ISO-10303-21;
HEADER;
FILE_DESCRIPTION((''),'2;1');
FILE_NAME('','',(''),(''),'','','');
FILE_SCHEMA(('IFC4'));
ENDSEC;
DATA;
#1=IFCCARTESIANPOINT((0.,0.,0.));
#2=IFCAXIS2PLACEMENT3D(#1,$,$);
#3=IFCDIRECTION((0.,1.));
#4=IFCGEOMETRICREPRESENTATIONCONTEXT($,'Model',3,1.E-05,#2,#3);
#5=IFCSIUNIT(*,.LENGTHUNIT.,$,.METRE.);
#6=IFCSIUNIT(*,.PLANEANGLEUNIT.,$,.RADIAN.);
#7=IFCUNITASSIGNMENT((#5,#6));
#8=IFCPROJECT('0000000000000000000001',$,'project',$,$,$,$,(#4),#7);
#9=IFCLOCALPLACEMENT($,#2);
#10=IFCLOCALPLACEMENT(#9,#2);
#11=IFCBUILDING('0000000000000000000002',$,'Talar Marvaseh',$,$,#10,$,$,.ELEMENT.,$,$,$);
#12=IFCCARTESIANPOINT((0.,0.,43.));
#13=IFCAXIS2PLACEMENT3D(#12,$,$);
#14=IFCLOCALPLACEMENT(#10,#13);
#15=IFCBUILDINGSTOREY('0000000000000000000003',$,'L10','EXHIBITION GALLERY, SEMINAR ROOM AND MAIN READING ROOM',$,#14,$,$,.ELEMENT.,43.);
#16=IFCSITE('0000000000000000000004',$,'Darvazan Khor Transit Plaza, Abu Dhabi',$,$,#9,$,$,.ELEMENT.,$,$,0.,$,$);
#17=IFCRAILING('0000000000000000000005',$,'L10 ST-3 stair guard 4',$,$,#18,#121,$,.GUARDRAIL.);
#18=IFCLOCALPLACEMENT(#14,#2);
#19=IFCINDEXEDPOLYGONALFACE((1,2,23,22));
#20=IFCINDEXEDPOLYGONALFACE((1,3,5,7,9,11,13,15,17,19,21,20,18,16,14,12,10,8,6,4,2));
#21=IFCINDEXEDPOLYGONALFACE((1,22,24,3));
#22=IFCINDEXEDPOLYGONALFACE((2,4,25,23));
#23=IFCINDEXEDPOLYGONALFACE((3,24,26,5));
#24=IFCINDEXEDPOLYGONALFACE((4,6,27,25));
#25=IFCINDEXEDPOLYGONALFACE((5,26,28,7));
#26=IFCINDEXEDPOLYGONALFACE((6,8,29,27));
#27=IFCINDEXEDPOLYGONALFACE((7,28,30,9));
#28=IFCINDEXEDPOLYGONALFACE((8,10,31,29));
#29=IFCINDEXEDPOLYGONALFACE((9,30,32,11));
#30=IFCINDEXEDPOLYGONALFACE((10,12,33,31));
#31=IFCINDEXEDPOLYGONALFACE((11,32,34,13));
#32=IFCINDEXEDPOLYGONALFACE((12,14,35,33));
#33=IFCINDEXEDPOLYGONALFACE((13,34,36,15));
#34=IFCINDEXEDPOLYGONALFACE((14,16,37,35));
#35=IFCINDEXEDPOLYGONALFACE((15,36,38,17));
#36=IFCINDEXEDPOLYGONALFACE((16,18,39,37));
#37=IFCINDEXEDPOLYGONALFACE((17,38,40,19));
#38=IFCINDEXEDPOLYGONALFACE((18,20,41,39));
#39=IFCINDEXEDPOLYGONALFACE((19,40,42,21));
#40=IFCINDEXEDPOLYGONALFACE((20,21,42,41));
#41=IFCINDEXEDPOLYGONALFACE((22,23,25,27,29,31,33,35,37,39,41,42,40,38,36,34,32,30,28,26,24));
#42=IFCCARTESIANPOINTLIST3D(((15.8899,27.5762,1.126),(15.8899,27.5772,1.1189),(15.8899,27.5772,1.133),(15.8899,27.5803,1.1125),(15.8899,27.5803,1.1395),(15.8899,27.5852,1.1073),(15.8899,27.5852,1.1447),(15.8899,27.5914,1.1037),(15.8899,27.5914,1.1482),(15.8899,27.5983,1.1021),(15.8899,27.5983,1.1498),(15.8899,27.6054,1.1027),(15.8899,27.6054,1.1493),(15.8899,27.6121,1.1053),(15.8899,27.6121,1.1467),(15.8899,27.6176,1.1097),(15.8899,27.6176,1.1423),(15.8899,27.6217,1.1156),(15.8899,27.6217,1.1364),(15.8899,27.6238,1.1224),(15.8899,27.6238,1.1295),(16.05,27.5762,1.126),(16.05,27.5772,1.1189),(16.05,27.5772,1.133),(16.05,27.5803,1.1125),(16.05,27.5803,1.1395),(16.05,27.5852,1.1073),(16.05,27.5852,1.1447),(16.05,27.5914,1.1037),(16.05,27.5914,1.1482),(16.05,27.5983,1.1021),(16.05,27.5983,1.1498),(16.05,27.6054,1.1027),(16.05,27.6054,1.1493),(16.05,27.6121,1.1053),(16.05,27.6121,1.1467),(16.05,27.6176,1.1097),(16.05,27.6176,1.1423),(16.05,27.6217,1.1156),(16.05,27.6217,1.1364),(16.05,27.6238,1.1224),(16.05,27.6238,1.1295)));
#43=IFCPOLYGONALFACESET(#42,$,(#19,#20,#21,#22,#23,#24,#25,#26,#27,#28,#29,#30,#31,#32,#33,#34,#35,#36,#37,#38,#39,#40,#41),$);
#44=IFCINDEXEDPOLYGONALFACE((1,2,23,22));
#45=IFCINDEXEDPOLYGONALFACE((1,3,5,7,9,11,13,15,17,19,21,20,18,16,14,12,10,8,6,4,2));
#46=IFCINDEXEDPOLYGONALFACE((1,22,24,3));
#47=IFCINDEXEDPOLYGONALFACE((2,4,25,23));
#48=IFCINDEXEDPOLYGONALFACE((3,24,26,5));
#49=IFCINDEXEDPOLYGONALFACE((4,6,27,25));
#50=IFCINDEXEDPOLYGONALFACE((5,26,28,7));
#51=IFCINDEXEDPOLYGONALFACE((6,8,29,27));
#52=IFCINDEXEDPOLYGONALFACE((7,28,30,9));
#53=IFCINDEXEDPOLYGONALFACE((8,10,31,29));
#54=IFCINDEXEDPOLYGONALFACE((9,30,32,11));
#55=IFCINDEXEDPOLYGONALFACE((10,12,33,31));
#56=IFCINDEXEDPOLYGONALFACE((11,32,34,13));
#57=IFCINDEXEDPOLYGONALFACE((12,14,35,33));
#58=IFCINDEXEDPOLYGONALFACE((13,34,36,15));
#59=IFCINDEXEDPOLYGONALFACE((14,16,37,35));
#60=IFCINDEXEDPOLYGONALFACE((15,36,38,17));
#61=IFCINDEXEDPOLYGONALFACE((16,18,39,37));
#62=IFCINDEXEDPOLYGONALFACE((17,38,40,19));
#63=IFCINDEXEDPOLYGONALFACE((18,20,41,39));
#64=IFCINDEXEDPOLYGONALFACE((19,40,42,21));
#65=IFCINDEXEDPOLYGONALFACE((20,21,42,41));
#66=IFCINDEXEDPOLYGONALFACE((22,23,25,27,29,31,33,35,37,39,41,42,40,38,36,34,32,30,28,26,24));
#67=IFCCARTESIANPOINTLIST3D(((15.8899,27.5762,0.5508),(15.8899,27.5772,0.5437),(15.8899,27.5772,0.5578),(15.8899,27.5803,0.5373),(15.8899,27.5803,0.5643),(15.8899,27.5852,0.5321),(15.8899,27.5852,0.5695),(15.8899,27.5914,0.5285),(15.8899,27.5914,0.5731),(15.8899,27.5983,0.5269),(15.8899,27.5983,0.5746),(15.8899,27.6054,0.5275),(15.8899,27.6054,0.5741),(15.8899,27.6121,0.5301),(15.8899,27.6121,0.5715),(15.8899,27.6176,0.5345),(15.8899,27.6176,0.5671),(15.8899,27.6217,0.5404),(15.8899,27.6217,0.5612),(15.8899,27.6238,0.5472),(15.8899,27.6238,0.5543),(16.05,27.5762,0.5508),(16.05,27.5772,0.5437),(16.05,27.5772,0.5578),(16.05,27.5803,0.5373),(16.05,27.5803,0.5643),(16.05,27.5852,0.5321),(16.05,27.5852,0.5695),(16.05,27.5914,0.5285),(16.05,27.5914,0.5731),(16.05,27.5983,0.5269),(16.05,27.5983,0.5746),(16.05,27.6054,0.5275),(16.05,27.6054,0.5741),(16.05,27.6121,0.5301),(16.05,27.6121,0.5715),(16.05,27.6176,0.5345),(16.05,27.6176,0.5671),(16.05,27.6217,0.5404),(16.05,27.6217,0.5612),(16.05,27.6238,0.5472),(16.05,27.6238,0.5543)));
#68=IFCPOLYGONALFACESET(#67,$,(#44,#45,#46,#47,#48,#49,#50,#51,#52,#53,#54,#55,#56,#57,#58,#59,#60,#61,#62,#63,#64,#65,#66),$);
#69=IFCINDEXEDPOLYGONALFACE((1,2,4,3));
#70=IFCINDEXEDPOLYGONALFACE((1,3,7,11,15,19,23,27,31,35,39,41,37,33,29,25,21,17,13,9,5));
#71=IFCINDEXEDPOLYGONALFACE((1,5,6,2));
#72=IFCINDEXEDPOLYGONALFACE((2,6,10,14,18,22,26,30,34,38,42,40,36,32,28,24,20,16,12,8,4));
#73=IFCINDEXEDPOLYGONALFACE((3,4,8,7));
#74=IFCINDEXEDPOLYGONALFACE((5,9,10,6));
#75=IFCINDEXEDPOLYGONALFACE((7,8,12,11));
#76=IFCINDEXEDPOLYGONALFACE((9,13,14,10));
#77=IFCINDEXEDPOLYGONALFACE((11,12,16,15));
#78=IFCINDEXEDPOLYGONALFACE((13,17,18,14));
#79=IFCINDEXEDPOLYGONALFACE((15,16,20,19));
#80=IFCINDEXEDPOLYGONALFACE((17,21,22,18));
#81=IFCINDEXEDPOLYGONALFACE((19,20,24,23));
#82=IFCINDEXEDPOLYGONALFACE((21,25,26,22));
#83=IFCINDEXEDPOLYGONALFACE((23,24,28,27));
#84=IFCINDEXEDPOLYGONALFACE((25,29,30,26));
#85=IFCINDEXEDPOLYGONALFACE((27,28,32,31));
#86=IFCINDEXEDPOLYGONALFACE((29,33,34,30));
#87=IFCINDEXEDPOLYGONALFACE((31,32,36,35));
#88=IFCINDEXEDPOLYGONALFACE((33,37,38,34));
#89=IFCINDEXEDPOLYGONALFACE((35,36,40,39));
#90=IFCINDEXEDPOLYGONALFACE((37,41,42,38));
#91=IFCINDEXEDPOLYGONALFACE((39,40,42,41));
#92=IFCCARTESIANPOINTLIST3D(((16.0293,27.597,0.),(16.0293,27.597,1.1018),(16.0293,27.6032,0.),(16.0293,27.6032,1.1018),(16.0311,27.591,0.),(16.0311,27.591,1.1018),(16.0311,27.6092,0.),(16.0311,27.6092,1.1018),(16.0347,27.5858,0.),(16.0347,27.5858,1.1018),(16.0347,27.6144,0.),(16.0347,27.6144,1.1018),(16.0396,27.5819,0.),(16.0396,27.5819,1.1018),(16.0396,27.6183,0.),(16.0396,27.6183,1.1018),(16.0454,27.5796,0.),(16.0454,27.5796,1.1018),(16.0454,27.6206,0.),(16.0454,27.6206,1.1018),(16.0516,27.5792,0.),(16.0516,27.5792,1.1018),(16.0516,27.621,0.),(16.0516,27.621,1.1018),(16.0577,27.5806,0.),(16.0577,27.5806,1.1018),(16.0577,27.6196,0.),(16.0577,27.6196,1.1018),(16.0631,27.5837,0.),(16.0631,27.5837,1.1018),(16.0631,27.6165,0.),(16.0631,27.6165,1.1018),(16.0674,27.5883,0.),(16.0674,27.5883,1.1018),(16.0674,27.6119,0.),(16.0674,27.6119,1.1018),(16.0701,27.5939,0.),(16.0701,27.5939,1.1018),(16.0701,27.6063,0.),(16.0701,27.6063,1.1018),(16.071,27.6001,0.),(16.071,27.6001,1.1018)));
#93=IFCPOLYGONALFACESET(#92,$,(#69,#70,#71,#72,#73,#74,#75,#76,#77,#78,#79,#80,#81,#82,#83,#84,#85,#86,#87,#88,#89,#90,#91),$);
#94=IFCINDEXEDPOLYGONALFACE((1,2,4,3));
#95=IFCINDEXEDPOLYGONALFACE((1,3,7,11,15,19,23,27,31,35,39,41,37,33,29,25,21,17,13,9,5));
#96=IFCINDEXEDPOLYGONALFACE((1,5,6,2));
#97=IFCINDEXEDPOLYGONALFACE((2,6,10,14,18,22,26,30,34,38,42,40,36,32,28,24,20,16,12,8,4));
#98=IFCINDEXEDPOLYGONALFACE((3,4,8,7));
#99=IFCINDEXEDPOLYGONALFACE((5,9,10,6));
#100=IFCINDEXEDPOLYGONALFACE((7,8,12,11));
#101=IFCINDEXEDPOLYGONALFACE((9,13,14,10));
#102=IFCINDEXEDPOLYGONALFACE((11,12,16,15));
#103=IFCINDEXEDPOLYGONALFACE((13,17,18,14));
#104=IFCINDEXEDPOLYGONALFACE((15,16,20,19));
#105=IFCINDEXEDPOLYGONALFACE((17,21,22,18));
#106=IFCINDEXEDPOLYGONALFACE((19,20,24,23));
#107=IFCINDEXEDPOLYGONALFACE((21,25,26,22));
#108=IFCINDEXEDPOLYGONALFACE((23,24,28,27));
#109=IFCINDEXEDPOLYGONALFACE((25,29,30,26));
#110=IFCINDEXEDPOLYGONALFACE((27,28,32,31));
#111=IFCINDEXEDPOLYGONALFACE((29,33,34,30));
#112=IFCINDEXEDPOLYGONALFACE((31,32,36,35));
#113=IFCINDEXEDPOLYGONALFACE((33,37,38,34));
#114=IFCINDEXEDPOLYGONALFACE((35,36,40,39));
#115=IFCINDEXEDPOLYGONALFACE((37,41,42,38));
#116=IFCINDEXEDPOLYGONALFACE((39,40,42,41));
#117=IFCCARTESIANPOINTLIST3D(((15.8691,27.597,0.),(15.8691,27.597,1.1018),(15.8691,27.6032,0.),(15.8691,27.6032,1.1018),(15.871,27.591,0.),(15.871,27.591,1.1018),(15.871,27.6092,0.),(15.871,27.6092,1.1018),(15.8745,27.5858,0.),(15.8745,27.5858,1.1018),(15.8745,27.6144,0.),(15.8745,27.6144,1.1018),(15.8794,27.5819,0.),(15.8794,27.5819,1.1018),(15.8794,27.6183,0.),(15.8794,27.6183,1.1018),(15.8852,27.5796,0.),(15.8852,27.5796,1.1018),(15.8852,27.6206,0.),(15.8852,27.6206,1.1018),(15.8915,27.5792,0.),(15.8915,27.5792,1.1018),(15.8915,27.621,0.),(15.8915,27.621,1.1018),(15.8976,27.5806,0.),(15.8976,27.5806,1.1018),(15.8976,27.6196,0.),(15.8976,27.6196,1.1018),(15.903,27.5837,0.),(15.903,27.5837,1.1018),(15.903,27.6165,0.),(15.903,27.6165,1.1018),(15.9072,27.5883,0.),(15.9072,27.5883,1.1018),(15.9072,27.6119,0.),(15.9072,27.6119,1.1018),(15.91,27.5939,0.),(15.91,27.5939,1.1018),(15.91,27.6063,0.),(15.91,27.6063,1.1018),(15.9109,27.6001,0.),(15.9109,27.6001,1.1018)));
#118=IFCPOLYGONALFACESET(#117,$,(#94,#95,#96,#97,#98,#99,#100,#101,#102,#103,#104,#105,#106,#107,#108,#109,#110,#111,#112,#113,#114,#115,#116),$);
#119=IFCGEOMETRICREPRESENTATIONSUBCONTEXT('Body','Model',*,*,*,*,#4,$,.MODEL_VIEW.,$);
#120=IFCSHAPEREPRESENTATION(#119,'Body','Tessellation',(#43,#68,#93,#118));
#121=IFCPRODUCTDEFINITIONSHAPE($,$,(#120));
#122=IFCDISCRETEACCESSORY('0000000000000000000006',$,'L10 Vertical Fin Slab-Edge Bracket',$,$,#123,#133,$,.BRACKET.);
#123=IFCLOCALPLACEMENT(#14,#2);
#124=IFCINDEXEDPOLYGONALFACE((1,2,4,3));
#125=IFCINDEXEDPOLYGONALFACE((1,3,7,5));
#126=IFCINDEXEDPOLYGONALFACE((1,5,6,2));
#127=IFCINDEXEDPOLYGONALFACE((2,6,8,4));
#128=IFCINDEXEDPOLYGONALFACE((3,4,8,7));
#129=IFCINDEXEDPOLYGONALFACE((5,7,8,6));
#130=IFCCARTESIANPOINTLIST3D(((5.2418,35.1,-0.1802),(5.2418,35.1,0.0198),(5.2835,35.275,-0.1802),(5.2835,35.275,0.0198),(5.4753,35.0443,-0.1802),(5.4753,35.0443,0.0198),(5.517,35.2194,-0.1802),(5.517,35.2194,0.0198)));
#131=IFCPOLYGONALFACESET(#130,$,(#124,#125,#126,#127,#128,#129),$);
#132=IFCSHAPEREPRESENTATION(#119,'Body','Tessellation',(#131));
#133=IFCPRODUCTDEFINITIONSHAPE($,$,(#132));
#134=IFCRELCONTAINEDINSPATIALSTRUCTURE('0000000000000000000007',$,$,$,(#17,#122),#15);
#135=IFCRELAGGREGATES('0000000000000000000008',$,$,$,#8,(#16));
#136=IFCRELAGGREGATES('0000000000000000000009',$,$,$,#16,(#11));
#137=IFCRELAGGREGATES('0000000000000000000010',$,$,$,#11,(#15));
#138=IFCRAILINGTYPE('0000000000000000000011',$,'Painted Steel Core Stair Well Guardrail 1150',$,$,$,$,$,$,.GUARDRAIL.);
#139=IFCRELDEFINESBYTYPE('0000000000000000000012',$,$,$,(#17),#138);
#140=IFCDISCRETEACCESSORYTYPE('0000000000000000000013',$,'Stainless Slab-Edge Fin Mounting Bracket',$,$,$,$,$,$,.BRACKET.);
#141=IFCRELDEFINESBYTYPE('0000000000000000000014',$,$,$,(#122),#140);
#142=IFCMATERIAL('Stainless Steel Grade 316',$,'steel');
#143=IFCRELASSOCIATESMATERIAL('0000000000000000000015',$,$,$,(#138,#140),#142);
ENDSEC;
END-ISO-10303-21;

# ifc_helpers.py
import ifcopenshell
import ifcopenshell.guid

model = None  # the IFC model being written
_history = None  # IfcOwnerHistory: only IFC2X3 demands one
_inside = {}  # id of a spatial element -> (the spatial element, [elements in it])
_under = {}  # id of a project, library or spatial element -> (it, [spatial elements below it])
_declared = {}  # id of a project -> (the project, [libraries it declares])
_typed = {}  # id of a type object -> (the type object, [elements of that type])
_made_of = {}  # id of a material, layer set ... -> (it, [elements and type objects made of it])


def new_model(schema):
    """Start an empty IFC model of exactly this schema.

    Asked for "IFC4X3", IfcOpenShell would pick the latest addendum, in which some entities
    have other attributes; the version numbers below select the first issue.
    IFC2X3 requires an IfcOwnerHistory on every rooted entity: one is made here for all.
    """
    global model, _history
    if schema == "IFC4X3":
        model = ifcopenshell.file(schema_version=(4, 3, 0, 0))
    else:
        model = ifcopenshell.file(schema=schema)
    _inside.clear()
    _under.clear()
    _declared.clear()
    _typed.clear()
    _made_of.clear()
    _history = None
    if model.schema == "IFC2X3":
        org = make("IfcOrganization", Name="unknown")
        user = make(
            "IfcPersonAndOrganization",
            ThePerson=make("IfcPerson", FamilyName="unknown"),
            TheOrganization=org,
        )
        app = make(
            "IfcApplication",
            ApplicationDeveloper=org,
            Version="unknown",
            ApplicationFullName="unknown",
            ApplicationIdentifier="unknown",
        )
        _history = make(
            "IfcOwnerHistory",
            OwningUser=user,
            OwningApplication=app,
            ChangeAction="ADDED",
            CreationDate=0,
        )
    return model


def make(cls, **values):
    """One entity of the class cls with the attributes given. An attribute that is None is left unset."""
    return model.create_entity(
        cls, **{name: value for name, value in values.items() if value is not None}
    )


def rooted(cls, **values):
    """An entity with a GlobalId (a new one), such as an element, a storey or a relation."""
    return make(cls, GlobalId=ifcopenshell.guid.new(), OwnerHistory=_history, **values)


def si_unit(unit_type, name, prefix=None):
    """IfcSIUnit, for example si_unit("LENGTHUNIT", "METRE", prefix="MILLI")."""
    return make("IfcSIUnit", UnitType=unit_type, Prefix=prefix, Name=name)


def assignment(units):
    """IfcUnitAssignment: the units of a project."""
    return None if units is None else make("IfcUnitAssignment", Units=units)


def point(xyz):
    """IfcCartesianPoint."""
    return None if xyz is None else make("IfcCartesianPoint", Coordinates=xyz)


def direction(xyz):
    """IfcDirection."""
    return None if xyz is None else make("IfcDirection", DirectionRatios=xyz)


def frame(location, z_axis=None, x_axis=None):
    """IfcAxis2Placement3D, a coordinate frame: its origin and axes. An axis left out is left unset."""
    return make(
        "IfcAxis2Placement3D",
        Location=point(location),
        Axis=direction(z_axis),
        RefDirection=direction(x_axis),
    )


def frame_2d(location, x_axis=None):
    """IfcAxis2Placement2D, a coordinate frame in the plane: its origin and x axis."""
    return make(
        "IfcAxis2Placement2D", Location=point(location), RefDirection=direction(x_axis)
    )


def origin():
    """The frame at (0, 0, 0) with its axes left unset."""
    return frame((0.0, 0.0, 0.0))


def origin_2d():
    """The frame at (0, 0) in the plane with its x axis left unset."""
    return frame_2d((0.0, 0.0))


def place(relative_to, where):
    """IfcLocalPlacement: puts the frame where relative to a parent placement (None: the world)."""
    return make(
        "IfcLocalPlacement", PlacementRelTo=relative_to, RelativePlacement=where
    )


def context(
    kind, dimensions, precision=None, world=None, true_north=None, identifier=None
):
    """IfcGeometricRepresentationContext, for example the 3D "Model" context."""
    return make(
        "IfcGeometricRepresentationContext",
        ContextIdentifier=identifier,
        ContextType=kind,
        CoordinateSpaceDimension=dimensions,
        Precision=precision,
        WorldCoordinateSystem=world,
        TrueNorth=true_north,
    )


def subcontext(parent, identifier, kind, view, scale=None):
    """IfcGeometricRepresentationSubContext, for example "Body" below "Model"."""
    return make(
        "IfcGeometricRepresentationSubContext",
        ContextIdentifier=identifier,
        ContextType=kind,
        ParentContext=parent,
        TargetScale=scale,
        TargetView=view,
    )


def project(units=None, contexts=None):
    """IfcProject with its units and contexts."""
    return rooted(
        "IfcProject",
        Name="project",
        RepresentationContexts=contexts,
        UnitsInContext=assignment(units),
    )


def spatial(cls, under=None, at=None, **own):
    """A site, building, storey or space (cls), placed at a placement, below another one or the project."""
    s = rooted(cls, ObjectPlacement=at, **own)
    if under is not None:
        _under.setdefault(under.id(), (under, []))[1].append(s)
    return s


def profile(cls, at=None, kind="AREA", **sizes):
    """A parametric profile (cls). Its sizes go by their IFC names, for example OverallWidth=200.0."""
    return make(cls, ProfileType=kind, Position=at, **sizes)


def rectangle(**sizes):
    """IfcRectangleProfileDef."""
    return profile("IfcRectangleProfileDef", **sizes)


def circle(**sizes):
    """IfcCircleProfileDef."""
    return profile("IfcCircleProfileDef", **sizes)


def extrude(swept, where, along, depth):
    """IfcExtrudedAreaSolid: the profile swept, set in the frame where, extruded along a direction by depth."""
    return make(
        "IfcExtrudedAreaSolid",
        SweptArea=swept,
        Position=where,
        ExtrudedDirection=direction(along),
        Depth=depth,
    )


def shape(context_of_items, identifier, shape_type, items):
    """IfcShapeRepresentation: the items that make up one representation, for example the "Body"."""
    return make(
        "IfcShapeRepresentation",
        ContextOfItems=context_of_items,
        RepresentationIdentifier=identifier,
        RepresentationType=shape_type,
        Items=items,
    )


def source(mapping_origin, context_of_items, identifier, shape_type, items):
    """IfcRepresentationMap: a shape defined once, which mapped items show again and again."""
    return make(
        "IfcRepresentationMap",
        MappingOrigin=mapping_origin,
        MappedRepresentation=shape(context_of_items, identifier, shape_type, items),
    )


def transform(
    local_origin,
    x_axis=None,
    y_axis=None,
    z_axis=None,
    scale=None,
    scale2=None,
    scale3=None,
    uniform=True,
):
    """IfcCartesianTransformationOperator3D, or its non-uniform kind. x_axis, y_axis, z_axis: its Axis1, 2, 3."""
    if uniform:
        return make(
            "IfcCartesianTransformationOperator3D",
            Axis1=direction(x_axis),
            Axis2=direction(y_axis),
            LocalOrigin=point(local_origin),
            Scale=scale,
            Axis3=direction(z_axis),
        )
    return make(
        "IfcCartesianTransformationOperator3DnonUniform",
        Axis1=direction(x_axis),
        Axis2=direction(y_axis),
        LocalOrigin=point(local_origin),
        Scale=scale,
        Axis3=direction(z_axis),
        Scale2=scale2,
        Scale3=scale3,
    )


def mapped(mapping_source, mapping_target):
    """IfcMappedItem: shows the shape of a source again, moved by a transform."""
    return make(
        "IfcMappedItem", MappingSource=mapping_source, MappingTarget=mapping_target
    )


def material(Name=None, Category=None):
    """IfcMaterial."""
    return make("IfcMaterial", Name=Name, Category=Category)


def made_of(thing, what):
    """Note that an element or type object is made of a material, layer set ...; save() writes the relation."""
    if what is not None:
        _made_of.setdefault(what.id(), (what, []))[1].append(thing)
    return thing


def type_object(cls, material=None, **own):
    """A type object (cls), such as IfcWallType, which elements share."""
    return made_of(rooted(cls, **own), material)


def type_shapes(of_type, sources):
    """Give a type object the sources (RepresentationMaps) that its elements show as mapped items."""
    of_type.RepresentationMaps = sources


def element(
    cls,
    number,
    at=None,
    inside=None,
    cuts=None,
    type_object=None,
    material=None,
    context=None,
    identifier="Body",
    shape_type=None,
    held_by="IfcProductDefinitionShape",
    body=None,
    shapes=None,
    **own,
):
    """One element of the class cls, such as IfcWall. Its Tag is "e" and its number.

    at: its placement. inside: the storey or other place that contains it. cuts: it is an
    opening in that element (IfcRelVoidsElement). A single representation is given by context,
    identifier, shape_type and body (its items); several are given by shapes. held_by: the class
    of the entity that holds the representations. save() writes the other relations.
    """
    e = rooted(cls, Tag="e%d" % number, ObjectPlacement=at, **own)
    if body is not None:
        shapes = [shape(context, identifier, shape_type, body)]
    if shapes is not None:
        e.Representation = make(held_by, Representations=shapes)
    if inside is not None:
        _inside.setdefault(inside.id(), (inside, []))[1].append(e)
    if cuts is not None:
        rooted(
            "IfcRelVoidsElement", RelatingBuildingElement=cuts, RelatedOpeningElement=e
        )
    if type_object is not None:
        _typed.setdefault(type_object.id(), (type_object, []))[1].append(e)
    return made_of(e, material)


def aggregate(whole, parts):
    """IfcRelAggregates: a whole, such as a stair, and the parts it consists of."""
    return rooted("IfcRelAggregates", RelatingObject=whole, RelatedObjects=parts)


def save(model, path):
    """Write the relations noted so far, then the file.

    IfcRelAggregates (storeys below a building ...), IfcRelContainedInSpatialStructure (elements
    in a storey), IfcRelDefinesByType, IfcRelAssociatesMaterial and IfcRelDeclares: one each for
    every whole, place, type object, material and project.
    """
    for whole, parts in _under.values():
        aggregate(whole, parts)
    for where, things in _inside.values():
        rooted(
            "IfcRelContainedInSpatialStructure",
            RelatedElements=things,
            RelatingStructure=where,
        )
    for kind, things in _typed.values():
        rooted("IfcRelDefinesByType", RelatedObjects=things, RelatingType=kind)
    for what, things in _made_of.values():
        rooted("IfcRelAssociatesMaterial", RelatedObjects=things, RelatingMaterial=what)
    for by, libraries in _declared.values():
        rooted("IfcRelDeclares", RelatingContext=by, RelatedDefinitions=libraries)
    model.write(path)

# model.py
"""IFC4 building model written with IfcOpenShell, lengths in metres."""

from ifc_helpers import new_model, si_unit, direction, frame, origin, origin_2d, place, context, subcontext, project, spatial, rectangle, circle, extrude, source, transform, mapped, material, type_object, type_shapes, element, save


model = new_model("IFC4")

# Units and contexts
model_context = context("Model", 3, precision=1e-05, world=origin(), true_north=direction((0.0, 1.0)))
body_context = subcontext(model_context, "Body", "Model", "MODEL_VIEW")
ifc_project = project(units=[si_unit("LENGTHUNIT", "METRE"), si_unit("PLANEANGLEUNIT", "RADIAN")], contexts=[model_context])

# Site, building, storey
site_placement = place(None, origin())
site = spatial("IfcSite", under=ifc_project, at=site_placement, Name="Darvazan Khor Transit Plaza, Abu Dhabi", CompositionType="ELEMENT", RefElevation=0.0)
building_placement = place(site_placement, origin())
building = spatial("IfcBuilding", under=site, at=building_placement, Name="Talar Marvaseh", CompositionType="ELEMENT")
storey_placement = place(building_placement, frame((0.0, 0.0, 43.0)))
storey = spatial("IfcBuildingStorey", under=building, at=storey_placement, Name="L10", Description="EXHIBITION GALLERY, SEMINAR ROOM AND MAIN READING ROOM", CompositionType="ELEMENT", Elevation=43.0)

# Railing
ifc_material_1 = material(Name="Stainless Steel Grade 316", Category="steel")
railing_type_1 = type_object("IfcRailingType", Name="Painted Steel Core Stair Well Guardrail 1150", PredefinedType="GUARDRAIL", material=ifc_material_1)
railing_1_placement = place(storey_placement, frame((16.05, 27.6001, 0.0)))
element("IfcRailing", 1, at=railing_1_placement, inside=storey, type_object=railing_type_1, Name="L10 ST-3 stair guard 4", PredefinedType="GUARDRAIL", context=body_context, shape_type="SweptSolid", body=[
    extrude(circle(Radius=0.0239, at=origin_2d()), frame((0.0, 0.0, 1.126), z_axis=(-1.0, 0.0, 0.0), x_axis=(0.0, -1.0, 0.0)), (0.0, 0.0, 1.0), 0.1602),
    extrude(circle(Radius=0.0239, at=origin_2d()), frame((0.0, 0.0, 0.5508), z_axis=(-1.0, 0.0, 0.0), x_axis=(0.0, -1.0, 0.0)), (0.0, 0.0, 1.0), 0.1602),
    extrude(circle(Radius=0.021, at=origin_2d()), origin(), (0.0, 0.0, 1.0), 1.1018),
    extrude(circle(Radius=0.021, at=origin_2d()), frame((-0.1602, 0.0, 0.0)), (0.0, 0.0, 1.0), 1.1018),
])

# Discrete accessory
discrete_accessory_type = type_object("IfcDiscreteAccessoryType", Name="Stainless Slab-Edge Fin Mounting Bracket", PredefinedType="BRACKET", material=ifc_material_1)
shared_shape_1 = source(origin(), body_context, "Body", "SweptSolid", [
    extrude(rectangle(XDim=0.24, YDim=0.1799, at=origin_2d()), origin(), (0.0, 0.0, 1.0), 0.2),
])
type_shapes(discrete_accessory_type, [shared_shape_1])
discrete_accessory_placement = place(storey_placement, frame((5.3794, 35.1597, -0.1802), z_axis=(0.0, 0.0, 1.0), x_axis=(-0.972776, 0.231748, 0.0)))
element("IfcDiscreteAccessory", 2, at=discrete_accessory_placement, inside=storey, type_object=discrete_accessory_type, Name="L10 Vertical Fin Slab-Edge Bracket", PredefinedType="BRACKET", context=body_context, shape_type="MappedRepresentation", body=[
    mapped(shared_shape_1, transform((0.0, 0.0, 0.0), x_axis=(1.0, 0.0, 0.0), y_axis=(0.0, 1.0, 0.0), z_axis=(0.0, 0.0, 1.0), scale=1.0)),
])

save(model, "model.ifc")
